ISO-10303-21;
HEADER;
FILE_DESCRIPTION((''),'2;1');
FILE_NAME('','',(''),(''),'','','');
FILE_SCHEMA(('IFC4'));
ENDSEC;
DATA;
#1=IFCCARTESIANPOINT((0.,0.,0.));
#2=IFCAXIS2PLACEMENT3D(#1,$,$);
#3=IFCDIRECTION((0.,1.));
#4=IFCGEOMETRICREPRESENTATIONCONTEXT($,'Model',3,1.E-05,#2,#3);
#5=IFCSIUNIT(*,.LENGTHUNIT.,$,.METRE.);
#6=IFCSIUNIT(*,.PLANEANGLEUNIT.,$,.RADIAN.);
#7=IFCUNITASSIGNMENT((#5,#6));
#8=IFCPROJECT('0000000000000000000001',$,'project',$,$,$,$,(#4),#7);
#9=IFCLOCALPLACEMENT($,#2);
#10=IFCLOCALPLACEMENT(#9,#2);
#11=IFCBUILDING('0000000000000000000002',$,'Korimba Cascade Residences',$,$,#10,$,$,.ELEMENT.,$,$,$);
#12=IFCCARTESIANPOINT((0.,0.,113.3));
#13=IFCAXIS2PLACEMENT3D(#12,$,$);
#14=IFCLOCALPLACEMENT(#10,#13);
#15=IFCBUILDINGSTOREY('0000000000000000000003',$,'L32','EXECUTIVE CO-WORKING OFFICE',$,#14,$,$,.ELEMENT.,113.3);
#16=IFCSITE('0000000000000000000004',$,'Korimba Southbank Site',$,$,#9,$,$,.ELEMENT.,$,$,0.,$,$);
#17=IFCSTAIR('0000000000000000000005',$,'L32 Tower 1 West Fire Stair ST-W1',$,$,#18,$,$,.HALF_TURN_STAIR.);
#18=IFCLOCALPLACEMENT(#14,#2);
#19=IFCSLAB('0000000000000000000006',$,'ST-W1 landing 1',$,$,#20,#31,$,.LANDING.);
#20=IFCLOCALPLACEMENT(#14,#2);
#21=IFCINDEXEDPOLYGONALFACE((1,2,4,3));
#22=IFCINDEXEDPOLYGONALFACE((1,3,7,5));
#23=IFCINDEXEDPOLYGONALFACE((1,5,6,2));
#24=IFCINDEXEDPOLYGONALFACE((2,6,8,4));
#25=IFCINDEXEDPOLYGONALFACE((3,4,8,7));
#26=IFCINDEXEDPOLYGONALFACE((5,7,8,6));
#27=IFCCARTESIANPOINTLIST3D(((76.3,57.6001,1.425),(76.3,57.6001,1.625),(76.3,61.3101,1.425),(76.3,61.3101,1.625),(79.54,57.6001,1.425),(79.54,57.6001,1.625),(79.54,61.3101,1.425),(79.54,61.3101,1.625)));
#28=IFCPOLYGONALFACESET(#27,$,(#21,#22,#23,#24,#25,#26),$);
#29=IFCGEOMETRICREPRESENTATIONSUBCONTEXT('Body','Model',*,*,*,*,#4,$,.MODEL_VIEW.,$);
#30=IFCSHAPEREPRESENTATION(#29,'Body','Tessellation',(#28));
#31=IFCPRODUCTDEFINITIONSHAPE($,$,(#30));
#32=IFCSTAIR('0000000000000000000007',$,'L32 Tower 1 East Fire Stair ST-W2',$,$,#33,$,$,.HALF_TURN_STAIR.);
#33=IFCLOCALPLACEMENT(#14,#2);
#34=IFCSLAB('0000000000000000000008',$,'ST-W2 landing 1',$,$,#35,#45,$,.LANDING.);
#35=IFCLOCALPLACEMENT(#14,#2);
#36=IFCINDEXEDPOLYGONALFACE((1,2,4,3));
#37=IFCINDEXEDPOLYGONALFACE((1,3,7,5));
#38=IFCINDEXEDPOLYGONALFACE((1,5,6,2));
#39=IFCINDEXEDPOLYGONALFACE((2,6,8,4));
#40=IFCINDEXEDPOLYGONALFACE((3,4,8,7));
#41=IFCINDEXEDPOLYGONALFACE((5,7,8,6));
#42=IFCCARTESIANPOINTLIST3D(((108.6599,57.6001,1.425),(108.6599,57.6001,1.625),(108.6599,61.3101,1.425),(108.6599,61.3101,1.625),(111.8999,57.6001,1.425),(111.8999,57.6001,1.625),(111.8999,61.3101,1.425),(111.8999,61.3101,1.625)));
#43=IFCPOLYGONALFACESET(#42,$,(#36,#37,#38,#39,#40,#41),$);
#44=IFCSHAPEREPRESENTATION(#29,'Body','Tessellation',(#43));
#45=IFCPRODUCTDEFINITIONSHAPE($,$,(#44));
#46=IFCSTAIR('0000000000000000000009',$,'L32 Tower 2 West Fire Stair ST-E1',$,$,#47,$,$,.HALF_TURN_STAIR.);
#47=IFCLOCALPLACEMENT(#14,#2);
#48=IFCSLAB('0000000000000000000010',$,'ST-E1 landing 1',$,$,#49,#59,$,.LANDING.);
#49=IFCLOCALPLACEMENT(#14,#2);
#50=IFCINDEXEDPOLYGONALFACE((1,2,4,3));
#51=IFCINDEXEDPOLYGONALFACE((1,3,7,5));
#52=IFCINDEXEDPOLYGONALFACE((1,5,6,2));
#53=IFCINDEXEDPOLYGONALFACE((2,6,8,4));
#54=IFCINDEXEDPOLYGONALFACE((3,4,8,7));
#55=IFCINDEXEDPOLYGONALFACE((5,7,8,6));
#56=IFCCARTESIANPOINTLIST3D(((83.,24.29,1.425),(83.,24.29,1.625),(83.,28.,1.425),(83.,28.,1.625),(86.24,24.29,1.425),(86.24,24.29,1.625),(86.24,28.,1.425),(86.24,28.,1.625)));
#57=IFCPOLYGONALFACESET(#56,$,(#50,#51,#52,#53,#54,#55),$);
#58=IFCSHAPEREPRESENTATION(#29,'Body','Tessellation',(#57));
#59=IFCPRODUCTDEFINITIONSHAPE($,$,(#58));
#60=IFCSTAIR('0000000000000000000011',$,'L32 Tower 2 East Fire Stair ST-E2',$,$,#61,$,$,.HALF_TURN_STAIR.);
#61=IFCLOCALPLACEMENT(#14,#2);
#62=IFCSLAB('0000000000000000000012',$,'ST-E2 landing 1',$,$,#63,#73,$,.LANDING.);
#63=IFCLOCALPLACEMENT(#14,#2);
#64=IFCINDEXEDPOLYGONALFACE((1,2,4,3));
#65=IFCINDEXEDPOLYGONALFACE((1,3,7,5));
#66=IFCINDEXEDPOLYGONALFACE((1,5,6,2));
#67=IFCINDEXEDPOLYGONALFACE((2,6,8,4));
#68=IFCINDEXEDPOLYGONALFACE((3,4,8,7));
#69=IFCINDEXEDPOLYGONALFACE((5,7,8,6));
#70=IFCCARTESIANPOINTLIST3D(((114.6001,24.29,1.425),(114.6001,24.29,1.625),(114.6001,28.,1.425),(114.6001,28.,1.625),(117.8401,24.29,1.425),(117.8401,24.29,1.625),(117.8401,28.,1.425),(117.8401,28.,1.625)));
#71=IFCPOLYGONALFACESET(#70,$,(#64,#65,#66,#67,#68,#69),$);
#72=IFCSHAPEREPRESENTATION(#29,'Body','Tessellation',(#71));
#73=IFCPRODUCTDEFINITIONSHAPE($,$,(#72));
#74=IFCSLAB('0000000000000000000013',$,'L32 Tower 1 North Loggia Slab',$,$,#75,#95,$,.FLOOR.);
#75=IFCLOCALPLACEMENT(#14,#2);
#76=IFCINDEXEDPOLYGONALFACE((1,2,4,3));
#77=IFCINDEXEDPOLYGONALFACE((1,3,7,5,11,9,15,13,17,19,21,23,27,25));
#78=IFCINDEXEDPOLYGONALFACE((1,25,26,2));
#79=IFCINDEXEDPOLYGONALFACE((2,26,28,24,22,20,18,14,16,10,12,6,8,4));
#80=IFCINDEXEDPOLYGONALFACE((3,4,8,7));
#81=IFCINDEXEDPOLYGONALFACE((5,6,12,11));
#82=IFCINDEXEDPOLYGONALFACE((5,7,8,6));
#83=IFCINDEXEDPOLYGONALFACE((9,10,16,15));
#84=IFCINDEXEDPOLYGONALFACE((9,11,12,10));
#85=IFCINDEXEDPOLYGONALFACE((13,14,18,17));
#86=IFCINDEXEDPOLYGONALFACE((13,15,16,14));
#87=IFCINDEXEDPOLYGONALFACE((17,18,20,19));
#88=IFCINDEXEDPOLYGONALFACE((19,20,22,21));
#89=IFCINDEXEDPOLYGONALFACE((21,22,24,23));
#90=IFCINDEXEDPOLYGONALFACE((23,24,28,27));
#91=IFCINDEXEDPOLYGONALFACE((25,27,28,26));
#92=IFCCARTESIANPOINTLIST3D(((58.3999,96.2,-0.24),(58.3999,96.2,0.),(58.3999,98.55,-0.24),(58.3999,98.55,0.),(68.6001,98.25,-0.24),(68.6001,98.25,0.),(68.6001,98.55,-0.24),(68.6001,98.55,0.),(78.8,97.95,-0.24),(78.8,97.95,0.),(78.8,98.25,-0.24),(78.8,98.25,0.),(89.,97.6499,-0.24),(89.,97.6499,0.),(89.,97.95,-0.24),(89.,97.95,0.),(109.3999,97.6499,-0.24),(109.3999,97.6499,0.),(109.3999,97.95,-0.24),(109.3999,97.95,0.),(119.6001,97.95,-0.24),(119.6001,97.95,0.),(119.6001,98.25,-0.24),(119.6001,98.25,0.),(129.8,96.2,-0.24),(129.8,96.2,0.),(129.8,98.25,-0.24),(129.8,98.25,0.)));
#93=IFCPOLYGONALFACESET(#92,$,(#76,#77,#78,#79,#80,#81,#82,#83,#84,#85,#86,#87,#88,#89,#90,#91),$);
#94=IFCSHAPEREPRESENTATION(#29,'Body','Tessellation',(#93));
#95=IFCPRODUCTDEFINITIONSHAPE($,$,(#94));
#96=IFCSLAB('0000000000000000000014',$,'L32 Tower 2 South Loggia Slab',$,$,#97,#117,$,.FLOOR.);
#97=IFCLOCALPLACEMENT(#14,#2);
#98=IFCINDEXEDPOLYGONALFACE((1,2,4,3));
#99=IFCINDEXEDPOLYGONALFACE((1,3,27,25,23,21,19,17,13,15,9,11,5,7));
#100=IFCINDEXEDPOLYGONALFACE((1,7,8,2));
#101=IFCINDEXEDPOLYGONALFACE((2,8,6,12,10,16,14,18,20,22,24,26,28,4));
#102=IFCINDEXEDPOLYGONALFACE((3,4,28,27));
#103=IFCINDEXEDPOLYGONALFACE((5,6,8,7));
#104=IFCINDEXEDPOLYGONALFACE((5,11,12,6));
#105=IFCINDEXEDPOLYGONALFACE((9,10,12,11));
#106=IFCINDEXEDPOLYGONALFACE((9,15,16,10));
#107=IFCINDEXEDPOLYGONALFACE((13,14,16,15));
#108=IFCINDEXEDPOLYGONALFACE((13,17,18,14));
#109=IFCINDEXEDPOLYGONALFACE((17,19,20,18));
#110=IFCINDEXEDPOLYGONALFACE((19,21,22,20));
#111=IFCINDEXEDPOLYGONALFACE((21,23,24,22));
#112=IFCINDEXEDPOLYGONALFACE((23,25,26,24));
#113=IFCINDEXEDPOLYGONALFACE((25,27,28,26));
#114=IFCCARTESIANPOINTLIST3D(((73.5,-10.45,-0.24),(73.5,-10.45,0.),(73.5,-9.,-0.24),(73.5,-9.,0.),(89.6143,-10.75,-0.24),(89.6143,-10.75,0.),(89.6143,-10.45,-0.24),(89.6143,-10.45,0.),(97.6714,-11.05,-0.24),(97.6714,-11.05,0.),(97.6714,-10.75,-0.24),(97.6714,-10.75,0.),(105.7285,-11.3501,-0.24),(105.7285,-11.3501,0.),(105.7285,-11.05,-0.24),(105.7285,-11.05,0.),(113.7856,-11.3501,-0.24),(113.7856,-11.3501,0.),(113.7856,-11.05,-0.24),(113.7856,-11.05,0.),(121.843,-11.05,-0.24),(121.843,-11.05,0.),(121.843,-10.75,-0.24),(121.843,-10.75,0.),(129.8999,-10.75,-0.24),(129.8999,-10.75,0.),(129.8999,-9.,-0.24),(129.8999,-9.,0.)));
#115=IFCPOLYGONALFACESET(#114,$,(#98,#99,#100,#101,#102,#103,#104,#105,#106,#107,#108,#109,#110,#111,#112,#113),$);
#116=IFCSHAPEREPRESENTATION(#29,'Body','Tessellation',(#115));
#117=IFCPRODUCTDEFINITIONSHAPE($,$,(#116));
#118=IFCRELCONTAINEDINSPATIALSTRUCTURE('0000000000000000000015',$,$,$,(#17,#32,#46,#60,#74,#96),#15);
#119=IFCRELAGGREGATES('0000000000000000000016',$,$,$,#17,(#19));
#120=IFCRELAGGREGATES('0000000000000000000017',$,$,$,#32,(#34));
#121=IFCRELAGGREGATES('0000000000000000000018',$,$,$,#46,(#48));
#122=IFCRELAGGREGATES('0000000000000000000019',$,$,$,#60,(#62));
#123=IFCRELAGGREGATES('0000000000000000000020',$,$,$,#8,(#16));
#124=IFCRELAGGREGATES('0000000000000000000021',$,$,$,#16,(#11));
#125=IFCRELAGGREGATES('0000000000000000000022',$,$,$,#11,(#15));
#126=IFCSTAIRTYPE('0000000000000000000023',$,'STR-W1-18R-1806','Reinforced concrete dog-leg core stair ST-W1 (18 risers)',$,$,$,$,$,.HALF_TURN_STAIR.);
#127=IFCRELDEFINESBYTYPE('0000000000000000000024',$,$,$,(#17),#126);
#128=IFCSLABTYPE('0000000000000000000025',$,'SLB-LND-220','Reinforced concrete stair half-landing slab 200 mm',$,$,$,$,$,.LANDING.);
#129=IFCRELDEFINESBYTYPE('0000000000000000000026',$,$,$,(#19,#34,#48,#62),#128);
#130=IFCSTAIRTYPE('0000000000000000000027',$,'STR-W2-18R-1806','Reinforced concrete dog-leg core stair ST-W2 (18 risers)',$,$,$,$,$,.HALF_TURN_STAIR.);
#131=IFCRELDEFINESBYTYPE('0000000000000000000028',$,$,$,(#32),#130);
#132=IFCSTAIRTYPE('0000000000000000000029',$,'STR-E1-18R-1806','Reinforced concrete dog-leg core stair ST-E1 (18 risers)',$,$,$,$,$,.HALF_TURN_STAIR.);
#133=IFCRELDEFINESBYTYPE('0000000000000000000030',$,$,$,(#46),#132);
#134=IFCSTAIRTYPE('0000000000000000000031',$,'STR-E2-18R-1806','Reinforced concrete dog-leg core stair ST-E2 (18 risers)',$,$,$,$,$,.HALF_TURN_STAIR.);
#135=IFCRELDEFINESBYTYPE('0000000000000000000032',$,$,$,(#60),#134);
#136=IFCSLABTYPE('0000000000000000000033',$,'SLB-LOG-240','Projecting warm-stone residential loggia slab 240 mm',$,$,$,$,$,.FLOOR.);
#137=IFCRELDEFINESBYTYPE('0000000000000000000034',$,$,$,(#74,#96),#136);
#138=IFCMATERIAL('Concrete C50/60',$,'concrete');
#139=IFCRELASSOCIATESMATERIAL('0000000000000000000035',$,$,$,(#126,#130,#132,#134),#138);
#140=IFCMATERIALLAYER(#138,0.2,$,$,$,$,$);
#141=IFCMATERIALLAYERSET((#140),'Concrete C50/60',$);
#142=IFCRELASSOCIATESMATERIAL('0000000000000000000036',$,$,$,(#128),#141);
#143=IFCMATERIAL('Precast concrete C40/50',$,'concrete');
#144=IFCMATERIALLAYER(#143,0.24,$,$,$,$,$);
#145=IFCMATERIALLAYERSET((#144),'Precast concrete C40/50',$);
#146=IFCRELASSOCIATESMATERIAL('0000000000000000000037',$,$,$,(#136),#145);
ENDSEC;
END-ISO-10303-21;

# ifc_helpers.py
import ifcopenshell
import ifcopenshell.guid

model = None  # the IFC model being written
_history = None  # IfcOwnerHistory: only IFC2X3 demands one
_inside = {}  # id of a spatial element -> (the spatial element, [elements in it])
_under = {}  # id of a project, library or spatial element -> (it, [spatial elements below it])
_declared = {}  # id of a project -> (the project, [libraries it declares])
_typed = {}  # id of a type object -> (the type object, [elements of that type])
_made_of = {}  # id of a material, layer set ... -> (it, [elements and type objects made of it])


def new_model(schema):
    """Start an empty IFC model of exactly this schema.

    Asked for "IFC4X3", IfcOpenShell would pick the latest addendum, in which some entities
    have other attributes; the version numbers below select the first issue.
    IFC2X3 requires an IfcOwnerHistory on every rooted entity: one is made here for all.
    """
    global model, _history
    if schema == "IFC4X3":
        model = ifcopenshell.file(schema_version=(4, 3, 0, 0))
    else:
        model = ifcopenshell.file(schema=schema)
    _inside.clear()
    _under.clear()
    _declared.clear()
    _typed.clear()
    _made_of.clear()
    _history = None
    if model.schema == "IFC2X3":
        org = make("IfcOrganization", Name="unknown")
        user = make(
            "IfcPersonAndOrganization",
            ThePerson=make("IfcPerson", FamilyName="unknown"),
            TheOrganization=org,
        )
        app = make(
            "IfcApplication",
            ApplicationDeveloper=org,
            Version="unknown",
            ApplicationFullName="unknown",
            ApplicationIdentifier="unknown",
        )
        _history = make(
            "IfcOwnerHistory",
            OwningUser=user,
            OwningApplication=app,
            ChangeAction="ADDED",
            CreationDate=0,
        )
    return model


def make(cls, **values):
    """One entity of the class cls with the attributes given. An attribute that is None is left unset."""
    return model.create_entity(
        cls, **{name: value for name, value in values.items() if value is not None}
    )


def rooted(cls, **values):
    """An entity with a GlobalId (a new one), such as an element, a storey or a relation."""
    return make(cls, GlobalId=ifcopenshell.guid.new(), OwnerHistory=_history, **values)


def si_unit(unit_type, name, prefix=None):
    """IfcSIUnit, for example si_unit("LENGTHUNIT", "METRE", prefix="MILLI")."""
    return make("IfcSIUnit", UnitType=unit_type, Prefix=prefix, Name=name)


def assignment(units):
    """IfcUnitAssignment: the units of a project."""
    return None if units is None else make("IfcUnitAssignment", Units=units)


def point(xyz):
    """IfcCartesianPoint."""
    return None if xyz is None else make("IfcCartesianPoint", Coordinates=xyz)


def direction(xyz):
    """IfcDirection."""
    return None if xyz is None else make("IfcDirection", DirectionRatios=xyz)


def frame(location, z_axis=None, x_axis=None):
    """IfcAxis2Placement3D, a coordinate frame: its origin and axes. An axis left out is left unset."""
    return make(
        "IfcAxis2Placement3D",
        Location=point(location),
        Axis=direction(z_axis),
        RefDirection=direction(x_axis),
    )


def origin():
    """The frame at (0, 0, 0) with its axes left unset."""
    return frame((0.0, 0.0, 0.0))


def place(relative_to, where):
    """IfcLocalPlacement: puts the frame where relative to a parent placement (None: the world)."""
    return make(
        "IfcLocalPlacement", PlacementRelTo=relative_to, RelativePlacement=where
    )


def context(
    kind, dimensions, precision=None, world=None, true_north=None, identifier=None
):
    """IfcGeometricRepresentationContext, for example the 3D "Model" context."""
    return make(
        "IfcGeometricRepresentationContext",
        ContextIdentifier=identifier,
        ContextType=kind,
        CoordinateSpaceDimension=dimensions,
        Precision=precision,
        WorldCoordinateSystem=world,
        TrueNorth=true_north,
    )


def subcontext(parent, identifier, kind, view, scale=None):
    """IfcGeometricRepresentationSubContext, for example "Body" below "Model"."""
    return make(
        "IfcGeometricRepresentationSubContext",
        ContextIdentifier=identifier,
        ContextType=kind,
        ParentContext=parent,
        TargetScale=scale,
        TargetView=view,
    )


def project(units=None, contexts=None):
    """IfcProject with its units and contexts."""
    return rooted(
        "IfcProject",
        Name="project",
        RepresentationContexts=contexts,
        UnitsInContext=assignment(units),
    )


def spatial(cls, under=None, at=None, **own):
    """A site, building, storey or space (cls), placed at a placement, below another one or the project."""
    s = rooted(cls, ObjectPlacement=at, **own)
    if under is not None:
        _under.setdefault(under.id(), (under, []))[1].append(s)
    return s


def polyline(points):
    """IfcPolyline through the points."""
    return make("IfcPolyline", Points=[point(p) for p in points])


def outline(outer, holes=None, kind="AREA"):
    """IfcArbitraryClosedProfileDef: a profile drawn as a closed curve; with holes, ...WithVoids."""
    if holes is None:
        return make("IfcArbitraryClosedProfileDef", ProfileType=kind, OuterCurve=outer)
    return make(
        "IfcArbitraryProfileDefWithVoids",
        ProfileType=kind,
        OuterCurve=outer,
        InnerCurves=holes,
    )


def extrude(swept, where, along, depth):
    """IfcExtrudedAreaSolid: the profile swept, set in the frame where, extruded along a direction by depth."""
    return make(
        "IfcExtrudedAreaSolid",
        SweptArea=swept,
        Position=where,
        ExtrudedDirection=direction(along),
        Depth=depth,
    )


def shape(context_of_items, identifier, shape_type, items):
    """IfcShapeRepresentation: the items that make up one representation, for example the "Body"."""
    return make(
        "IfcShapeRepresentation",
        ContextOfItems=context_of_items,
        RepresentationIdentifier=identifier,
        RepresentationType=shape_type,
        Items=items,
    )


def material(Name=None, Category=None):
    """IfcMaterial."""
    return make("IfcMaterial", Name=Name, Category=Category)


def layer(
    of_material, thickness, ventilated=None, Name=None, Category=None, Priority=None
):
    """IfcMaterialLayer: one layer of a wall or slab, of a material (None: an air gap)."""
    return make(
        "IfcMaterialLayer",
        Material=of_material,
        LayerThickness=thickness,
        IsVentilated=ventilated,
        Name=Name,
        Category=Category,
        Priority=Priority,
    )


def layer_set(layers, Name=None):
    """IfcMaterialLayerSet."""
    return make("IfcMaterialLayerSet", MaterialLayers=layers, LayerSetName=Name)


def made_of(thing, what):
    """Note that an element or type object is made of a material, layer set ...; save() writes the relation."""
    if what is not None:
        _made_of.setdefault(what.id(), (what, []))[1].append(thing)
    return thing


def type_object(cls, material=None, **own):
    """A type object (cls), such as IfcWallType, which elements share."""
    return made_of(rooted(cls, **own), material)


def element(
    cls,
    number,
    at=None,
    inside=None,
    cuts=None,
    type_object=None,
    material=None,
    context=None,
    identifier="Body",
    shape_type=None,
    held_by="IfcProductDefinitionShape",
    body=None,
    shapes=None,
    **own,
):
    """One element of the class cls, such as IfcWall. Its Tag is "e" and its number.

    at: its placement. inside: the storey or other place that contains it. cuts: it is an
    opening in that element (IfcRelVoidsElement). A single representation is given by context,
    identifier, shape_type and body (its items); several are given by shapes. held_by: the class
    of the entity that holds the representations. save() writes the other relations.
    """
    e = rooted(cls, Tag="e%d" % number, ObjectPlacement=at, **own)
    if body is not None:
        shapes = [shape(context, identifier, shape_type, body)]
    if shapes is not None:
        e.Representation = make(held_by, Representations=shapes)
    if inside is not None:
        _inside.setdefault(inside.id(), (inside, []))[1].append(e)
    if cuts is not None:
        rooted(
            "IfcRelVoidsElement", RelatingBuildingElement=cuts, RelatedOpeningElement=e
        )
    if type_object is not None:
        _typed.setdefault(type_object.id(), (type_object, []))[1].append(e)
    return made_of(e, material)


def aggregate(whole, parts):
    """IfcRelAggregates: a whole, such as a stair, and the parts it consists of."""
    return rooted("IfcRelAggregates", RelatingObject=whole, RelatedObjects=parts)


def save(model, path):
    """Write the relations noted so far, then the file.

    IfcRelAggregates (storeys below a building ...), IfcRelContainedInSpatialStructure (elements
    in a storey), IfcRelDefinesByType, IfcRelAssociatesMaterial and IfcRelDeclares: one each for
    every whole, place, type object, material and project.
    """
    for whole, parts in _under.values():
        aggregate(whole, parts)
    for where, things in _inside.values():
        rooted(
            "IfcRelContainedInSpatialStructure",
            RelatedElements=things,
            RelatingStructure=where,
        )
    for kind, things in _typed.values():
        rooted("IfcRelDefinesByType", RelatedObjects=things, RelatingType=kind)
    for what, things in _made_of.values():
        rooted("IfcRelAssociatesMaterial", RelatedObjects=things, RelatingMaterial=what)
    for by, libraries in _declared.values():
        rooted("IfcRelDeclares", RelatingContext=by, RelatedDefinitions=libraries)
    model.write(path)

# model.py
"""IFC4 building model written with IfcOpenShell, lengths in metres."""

from ifc_helpers import new_model, si_unit, direction, frame, origin, place, context, subcontext, project, spatial, polyline, outline, extrude, material, layer, layer_set, type_object, element, aggregate, save


model = new_model("IFC4")

# Units and contexts
model_context = context("Model", 3, precision=1e-05, world=origin(), true_north=direction((0.0, 1.0)))
body_context = subcontext(model_context, "Body", "Model", "MODEL_VIEW")
ifc_project = project(units=[si_unit("LENGTHUNIT", "METRE"), si_unit("PLANEANGLEUNIT", "RADIAN")], contexts=[model_context])

# Site, building, storey
site_placement = place(None, origin())
site = spatial("IfcSite", under=ifc_project, at=site_placement, Name="Korimba Southbank Site", CompositionType="ELEMENT", RefElevation=0.0)
building_placement = place(site_placement, origin())
building = spatial("IfcBuilding", under=site, at=building_placement, Name="Korimba Cascade Residences", CompositionType="ELEMENT")
storey_placement = place(building_placement, frame((0.0, 0.0, 113.3)))
storey = spatial("IfcBuildingStorey", under=building, at=storey_placement, Name="L32", Description="EXECUTIVE CO-WORKING OFFICE", CompositionType="ELEMENT", Elevation=113.3)

# Stairs, slabs
ifc_material_1 = material(Name="Concrete C50/60", Category="concrete")
stair_type_1 = type_object("IfcStairType", Name="STR-W1-18R-1806", Description="Reinforced concrete dog-leg core stair ST-W1 (18 risers)", PredefinedType="HALF_TURN_STAIR", material=ifc_material_1)
stair_1_placement = place(storey_placement, origin())
stair_1 = element("IfcStair", 1, at=stair_1_placement, inside=storey, type_object=stair_type_1, Name="L32 Tower 1 West Fire Stair ST-W1", PredefinedType="HALF_TURN_STAIR")
ifc_layer_1 = layer(ifc_material_1, 0.2)
ifc_layer_set_1 = layer_set([ifc_layer_1], Name="Concrete C50/60")
slab_type_1 = type_object("IfcSlabType", Name="SLB-LND-220", Description="Reinforced concrete stair half-landing slab 200 mm", PredefinedType="LANDING", material=ifc_layer_set_1)
slab_1_placement = place(storey_placement, frame((0.0, 0.0, 1.425)))
slab_1 = element("IfcSlab", 2, at=slab_1_placement, type_object=slab_type_1, Name="ST-W1 landing 1", PredefinedType="LANDING", context=body_context, shape_type="SweptSolid", body=[
    extrude(outline(polyline([(76.3, 61.3101), (76.3, 57.6001), (79.54, 57.6001), (79.54, 61.3101), (76.3, 61.3101)])), origin(), (0.0, 0.0, 1.0), 0.2),
])
aggregate(stair_1, [slab_1])
stair_type_2 = type_object("IfcStairType", Name="STR-W2-18R-1806", Description="Reinforced concrete dog-leg core stair ST-W2 (18 risers)", PredefinedType="HALF_TURN_STAIR", material=ifc_material_1)
stair_2_placement = place(storey_placement, origin())
stair_2 = element("IfcStair", 3, at=stair_2_placement, inside=storey, type_object=stair_type_2, Name="L32 Tower 1 East Fire Stair ST-W2", PredefinedType="HALF_TURN_STAIR")
slab_2_placement = place(storey_placement, frame((0.0, 0.0, 1.425)))
slab_2 = element("IfcSlab", 4, at=slab_2_placement, type_object=slab_type_1, Name="ST-W2 landing 1", PredefinedType="LANDING", context=body_context, shape_type="SweptSolid", body=[
    extrude(outline(polyline([(108.6599, 61.3101), (108.6599, 57.6001), (111.8999, 57.6001), (111.8999, 61.3101), (108.6599, 61.3101)])), origin(), (0.0, 0.0, 1.0), 0.2),
])
aggregate(stair_2, [slab_2])
stair_type_3 = type_object("IfcStairType", Name="STR-E1-18R-1806", Description="Reinforced concrete dog-leg core stair ST-E1 (18 risers)", PredefinedType="HALF_TURN_STAIR", material=ifc_material_1)
stair_3_placement = place(storey_placement, origin())
stair_3 = element("IfcStair", 5, at=stair_3_placement, inside=storey, type_object=stair_type_3, Name="L32 Tower 2 West Fire Stair ST-E1", PredefinedType="HALF_TURN_STAIR")
slab_3_placement = place(storey_placement, frame((0.0, 0.0, 1.425)))
slab_3 = element("IfcSlab", 6, at=slab_3_placement, type_object=slab_type_1, Name="ST-E1 landing 1", PredefinedType="LANDING", context=body_context, shape_type="SweptSolid", body=[
    extrude(outline(polyline([(86.24, 24.29), (86.24, 28.0), (83.0, 28.0), (83.0, 24.29), (86.24, 24.29)])), origin(), (0.0, 0.0, 1.0), 0.2),
])
aggregate(stair_3, [slab_3])
stair_type_4 = type_object("IfcStairType", Name="STR-E2-18R-1806", Description="Reinforced concrete dog-leg core stair ST-E2 (18 risers)", PredefinedType="HALF_TURN_STAIR", material=ifc_material_1)
stair_4_placement = place(storey_placement, origin())
stair_4 = element("IfcStair", 7, at=stair_4_placement, inside=storey, type_object=stair_type_4, Name="L32 Tower 2 East Fire Stair ST-E2", PredefinedType="HALF_TURN_STAIR")
slab_4_placement = place(storey_placement, frame((0.0, 0.0, 1.425)))
slab_4 = element("IfcSlab", 8, at=slab_4_placement, type_object=slab_type_1, Name="ST-E2 landing 1", PredefinedType="LANDING", context=body_context, shape_type="SweptSolid", body=[
    extrude(outline(polyline([(117.8401, 24.29), (117.8401, 28.0), (114.6001, 28.0), (114.6001, 24.29), (117.8401, 24.29)])), origin(), (0.0, 0.0, 1.0), 0.2),
])
aggregate(stair_4, [slab_4])

# Slabs
ifc_material_2 = material(Name="Precast concrete C40/50", Category="concrete")
ifc_layer_2 = layer(ifc_material_2, 0.24)
ifc_layer_set_2 = layer_set([ifc_layer_2], Name="Precast concrete C40/50")
slab_type_2 = type_object("IfcSlabType", Name="SLB-LOG-240", Description="Projecting warm-stone residential loggia slab 240 mm", PredefinedType="FLOOR", material=ifc_layer_set_2)
slab_5_placement = place(storey_placement, frame((0.0, 0.0, -0.24)))
element("IfcSlab", 9, at=slab_5_placement, inside=storey, type_object=slab_type_2, Name="L32 Tower 1 North Loggia Slab", PredefinedType="FLOOR", context=body_context, shape_type="SweptSolid", body=[
    extrude(outline(polyline([(58.3999, 96.2), (129.8, 96.2), (129.8, 98.25), (119.6001, 98.25), (119.6001, 97.95), (109.3999, 97.95), (109.3999, 97.6499), (89.0, 97.6499), (89.0, 97.95), (78.8, 97.95), (78.8, 98.25), (68.6001, 98.25), (68.6001, 98.55), (58.3999, 98.55), (58.3999, 96.2)])), origin(), (0.0, 0.0, 1.0), 0.24),
])
slab_6_placement = place(storey_placement, frame((0.0, 0.0, -0.24)))
element("IfcSlab", 10, at=slab_6_placement, inside=storey, type_object=slab_type_2, Name="L32 Tower 2 South Loggia Slab", PredefinedType="FLOOR", context=body_context, shape_type="SweptSolid", body=[
    extrude(outline(polyline([(73.5, -10.45), (89.6143, -10.45), (89.6143, -10.75), (97.6714, -10.75), (97.6714, -11.05), (105.7285, -11.05), (105.7285, -11.3501), (113.7856, -11.3501), (113.7856, -11.05), (121.843, -11.05), (121.843, -10.75), (129.8999, -10.75), (129.8999, -9.0), (73.5, -9.0), (73.5, -10.45)])), origin(), (0.0, 0.0, 1.0), 0.24),
])

save(model, "model.ifc")
